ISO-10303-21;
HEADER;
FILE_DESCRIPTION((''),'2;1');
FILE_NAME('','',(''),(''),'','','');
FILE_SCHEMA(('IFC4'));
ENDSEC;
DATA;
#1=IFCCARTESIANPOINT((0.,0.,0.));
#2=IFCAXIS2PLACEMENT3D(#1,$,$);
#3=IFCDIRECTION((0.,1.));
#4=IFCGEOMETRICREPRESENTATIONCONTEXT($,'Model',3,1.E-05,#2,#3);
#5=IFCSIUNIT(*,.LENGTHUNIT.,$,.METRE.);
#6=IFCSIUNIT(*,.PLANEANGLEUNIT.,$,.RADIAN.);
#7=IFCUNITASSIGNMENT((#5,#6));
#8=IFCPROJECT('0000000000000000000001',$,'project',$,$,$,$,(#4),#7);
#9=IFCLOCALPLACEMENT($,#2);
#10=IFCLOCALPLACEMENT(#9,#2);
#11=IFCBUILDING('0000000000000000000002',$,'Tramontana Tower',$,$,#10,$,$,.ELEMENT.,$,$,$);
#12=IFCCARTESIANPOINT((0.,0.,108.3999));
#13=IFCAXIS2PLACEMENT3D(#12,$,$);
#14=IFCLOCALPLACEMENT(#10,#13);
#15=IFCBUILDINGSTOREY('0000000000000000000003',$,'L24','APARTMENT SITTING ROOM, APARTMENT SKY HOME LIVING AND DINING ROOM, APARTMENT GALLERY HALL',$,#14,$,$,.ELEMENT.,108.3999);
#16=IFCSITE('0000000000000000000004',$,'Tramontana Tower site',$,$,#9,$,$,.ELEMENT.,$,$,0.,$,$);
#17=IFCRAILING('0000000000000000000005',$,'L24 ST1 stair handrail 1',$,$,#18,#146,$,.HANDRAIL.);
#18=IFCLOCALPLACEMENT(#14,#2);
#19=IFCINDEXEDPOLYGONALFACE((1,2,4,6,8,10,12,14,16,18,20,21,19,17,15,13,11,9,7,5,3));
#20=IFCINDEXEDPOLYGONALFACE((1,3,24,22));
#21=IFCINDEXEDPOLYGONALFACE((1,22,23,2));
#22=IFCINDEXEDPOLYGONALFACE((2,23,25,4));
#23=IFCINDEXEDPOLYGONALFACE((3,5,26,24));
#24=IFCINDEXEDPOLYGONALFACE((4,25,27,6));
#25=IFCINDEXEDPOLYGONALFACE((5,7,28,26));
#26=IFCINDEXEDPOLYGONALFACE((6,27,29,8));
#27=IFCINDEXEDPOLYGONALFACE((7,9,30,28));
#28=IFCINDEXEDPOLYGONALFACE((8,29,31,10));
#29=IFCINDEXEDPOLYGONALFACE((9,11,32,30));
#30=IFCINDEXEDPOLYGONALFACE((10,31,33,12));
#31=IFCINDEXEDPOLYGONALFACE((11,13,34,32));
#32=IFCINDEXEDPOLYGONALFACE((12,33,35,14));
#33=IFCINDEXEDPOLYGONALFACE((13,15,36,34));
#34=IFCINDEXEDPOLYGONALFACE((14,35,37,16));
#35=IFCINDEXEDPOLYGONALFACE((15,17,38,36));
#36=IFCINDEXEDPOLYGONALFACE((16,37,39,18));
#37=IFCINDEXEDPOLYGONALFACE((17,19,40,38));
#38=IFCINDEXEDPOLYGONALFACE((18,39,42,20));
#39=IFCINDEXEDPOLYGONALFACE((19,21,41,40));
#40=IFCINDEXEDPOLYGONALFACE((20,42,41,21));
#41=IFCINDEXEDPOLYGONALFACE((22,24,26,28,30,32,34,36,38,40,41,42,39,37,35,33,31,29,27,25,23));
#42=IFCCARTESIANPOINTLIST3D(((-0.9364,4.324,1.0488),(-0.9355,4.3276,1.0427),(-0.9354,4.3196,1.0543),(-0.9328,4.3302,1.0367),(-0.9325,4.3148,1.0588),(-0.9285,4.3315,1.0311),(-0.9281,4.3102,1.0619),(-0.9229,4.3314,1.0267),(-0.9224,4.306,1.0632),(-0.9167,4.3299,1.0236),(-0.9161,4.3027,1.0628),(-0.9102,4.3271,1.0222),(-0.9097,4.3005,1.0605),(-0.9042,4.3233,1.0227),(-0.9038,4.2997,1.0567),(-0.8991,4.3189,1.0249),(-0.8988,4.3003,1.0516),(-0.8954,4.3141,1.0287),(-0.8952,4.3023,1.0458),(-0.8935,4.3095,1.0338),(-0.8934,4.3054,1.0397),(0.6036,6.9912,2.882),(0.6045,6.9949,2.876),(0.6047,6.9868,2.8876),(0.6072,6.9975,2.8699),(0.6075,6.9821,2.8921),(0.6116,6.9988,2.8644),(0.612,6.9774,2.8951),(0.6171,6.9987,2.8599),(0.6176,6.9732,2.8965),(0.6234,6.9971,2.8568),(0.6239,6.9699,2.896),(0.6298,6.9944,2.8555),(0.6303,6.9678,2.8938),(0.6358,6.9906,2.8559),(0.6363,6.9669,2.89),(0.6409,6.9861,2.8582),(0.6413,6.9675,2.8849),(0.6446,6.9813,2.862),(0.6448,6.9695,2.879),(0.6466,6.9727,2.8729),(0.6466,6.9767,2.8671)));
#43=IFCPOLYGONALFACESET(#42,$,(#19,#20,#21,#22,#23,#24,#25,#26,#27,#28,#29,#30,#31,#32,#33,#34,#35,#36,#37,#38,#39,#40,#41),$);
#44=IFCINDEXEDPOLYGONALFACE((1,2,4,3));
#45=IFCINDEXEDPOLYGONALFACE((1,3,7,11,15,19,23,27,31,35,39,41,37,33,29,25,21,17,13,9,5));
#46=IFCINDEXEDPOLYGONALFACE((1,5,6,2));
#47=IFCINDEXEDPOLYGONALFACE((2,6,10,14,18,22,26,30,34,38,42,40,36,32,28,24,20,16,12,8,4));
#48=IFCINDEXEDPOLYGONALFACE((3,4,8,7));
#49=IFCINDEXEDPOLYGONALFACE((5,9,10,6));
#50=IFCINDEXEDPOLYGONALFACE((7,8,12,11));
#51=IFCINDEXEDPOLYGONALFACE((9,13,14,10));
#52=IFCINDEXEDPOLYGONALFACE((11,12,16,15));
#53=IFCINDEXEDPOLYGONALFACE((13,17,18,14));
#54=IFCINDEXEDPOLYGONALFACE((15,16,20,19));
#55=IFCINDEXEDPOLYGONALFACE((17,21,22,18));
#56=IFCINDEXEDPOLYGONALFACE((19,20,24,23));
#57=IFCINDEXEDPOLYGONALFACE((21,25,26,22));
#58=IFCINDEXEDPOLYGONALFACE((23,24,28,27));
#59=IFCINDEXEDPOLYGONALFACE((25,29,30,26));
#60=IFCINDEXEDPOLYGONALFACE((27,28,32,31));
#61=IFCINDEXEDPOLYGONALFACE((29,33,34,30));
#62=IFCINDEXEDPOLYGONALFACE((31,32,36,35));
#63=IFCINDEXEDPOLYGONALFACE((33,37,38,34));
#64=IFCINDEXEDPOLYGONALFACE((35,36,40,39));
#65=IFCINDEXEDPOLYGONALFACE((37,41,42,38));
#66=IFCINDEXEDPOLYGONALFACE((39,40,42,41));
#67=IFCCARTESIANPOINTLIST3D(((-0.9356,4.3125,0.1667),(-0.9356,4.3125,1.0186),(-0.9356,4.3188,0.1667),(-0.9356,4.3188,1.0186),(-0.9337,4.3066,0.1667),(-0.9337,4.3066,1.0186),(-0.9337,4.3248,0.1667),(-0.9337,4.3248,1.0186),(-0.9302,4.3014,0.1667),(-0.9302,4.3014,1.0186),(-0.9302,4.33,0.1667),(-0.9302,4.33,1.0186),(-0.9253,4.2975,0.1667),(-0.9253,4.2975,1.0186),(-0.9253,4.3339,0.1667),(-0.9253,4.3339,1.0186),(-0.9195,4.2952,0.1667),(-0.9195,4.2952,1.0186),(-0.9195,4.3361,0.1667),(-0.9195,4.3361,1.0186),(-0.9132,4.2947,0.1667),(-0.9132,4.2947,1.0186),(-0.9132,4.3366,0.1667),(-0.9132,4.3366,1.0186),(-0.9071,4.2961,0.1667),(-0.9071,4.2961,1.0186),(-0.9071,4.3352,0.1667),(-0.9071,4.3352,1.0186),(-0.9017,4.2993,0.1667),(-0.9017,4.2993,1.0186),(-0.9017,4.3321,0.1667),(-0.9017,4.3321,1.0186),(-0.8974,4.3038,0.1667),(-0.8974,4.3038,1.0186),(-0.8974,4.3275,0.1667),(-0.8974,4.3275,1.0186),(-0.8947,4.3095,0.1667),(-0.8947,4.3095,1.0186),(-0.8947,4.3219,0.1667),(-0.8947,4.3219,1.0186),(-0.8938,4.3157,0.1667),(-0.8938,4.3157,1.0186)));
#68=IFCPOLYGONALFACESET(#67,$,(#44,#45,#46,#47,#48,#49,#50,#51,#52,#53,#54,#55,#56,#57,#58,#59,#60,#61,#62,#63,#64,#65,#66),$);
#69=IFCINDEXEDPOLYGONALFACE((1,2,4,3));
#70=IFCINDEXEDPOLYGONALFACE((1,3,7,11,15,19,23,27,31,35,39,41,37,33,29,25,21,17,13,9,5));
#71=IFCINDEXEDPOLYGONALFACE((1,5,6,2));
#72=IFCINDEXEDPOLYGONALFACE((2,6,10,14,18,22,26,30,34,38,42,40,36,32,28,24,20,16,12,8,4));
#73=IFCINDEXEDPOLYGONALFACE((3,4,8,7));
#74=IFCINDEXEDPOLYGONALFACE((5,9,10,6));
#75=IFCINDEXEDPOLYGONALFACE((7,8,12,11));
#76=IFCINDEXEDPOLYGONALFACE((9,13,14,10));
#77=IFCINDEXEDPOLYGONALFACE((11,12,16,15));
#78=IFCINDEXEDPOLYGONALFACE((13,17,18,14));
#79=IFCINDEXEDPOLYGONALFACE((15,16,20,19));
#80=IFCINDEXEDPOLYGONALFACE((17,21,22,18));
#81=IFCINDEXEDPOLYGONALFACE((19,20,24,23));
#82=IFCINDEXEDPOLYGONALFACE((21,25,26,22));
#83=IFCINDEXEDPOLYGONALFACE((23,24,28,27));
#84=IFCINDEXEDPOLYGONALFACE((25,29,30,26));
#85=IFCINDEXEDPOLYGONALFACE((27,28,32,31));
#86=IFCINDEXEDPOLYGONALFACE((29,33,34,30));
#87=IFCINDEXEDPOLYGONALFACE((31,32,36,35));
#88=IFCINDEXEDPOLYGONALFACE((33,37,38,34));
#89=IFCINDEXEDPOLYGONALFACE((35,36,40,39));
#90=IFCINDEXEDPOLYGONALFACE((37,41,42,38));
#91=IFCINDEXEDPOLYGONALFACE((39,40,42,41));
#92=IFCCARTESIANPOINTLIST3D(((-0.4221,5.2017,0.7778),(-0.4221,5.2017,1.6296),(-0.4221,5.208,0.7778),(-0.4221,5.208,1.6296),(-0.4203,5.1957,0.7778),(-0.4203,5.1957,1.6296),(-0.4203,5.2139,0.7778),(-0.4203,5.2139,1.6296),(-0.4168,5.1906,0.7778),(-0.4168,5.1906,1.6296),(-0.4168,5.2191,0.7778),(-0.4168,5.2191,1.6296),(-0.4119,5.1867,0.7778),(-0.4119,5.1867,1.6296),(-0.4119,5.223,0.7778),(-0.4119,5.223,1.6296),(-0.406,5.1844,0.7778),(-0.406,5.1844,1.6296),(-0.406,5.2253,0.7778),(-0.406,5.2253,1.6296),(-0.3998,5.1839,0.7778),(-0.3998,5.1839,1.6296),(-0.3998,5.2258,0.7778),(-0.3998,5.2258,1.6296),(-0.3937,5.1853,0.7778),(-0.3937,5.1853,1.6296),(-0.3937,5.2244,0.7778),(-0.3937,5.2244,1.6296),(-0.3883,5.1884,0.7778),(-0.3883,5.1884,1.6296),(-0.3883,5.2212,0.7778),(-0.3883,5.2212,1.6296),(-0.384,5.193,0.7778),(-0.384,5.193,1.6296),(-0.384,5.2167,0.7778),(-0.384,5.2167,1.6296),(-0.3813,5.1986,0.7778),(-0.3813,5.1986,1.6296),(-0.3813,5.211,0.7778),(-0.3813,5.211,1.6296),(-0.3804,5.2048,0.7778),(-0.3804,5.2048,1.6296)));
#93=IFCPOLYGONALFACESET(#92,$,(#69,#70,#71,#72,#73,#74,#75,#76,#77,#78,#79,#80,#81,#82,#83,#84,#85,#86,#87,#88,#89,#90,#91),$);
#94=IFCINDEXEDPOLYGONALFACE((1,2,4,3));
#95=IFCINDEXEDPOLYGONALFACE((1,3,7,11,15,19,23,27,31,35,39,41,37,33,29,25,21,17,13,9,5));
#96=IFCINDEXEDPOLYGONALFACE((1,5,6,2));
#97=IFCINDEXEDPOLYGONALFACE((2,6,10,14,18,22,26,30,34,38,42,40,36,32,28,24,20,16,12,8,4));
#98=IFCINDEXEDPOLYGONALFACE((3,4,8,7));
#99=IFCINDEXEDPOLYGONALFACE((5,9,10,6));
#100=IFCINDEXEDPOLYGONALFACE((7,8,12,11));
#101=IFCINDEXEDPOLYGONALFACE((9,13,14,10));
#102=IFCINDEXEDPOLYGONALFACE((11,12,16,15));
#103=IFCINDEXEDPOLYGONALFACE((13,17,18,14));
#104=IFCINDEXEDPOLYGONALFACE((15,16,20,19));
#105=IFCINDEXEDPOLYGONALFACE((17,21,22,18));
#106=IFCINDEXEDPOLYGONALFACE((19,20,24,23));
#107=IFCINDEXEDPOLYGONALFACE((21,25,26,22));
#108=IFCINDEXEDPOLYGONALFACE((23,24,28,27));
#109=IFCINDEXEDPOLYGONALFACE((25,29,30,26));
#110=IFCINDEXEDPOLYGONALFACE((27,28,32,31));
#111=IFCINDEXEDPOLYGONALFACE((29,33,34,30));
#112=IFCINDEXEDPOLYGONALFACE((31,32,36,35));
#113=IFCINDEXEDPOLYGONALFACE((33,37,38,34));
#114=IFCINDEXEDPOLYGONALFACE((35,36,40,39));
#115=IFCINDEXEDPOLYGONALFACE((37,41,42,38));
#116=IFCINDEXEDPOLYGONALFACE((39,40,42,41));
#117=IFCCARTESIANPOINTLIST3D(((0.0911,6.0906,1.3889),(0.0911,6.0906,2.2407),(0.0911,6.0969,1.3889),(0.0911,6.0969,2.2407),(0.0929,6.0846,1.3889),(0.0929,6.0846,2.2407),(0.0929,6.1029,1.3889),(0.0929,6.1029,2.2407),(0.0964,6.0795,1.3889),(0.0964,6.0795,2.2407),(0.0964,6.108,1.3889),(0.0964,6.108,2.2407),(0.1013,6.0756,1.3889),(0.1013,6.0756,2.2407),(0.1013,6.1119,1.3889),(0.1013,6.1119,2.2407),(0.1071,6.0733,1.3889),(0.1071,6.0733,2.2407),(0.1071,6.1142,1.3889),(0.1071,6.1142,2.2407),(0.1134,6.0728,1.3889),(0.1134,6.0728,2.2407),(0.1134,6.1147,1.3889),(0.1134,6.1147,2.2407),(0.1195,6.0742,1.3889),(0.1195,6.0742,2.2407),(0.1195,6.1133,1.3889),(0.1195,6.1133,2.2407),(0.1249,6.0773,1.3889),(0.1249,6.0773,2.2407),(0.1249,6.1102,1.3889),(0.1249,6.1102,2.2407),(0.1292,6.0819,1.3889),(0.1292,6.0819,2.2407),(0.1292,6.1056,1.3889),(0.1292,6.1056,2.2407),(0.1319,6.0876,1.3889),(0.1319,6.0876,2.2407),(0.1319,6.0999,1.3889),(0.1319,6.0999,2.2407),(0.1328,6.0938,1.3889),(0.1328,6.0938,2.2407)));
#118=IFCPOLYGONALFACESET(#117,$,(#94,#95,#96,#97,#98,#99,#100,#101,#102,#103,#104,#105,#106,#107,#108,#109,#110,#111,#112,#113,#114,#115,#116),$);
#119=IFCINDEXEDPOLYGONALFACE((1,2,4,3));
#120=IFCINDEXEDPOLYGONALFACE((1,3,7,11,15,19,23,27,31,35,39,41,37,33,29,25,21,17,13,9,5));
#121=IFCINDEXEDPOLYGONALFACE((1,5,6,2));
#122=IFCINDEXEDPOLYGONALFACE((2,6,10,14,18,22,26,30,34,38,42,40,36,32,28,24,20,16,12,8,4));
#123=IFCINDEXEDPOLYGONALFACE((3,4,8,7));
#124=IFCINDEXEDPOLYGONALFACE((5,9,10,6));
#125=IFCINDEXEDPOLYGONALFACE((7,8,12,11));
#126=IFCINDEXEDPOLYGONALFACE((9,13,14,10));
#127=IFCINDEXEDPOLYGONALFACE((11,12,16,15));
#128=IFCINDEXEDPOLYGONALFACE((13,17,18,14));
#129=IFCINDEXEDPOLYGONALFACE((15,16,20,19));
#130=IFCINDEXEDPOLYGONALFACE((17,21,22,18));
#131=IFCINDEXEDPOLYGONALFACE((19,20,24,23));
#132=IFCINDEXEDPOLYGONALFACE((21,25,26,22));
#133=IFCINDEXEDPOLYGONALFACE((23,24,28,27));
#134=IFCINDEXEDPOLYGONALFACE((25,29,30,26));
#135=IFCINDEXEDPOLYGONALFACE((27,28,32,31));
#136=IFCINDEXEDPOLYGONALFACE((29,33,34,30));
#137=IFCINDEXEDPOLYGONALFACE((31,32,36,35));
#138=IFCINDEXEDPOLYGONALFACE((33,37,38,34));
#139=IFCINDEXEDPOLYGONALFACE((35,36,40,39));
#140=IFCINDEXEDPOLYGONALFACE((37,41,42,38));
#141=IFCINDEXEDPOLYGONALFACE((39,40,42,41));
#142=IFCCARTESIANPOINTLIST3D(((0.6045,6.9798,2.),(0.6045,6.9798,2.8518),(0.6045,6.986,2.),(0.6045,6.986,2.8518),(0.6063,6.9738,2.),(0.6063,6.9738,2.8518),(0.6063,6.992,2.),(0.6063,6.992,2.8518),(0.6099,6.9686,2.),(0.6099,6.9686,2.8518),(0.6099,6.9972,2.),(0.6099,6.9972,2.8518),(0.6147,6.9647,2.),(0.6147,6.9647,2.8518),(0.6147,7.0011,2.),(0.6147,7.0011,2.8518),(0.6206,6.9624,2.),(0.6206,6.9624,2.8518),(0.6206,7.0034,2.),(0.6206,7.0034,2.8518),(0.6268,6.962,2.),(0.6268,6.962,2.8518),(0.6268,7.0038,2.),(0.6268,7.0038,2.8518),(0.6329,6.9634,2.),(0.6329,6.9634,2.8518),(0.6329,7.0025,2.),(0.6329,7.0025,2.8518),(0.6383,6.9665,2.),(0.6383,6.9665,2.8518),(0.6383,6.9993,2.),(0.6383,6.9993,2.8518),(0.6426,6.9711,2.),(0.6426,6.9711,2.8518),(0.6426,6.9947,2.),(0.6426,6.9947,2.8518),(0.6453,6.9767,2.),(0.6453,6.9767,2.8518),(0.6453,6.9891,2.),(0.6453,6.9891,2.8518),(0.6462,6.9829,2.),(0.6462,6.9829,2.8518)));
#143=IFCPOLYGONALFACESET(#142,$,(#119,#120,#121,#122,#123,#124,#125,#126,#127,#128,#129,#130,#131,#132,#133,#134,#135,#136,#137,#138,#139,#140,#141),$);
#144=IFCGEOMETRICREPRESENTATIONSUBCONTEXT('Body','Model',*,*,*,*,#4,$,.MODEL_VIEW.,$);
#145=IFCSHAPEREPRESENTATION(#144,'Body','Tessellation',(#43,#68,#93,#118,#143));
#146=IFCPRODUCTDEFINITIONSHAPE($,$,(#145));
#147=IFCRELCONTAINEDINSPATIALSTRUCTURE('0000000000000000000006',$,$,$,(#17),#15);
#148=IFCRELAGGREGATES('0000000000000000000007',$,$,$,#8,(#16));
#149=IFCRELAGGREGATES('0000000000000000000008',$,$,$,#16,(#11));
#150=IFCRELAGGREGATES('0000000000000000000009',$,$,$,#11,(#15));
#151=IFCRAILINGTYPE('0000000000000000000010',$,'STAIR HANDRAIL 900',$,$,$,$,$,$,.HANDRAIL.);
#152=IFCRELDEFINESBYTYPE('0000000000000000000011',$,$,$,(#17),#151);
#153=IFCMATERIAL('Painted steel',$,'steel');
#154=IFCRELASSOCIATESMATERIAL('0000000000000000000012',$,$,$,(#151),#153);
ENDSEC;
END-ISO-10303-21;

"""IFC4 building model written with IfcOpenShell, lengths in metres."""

from ifc_helpers import new_model, si_unit, direction, frame, origin, origin_2d, place, context, subcontext, project, spatial, circle, extrude, material, type_object, element, save


model = new_model("IFC4")

# Units and contexts
model_context = context("Model", 3, precision=1e-05, world=origin(), true_north=direction((0.0, 1.0)))
body_context = subcontext(model_context, "Body", "Model", "MODEL_VIEW")
ifc_project = project(units=[si_unit("LENGTHUNIT", "METRE"), si_unit("PLANEANGLEUNIT", "RADIAN")], contexts=[model_context])

# Site, building, storey
site_placement = place(None, origin())
site = spatial("IfcSite", under=ifc_project, at=site_placement, Name="Tramontana Tower site", CompositionType="ELEMENT", RefElevation=0.0)
building_placement = place(site_placement, origin())
building = spatial("IfcBuilding", under=site, at=building_placement, Name="Tramontana Tower", CompositionType="ELEMENT")
storey_placement = place(building_placement, frame((0.0, 0.0, 108.3999)))
storey = spatial("IfcBuildingStorey", under=building, at=storey_placement, Name="L24", Description="APARTMENT SITTING ROOM, APARTMENT SKY HOME LIVING AND DINING ROOM, APARTMENT GALLERY HALL", CompositionType="ELEMENT", Elevation=108.3999)

# Railing
ifc_material_1 = material(Name="Painted steel", Category="steel")
railing_type_1 = type_object("IfcRailingType", Name="STAIR HANDRAIL 900", PredefinedType="HANDRAIL", material=ifc_material_1)
railing_1_placement = place(storey_placement, frame((-0.9148, 4.3157, 0.1667)))
element("IfcRailing", 1, at=railing_1_placement, inside=storey, type_object=railing_type_1, Name="L24 ST1 stair handrail 1", PredefinedType="HANDRAIL", context=body_context, shape_type="SweptSolid", body=[
    extrude(circle(Radius=0.0239, at=origin_2d()), frame((0.0, 0.0, 0.876), z_axis=(0.429671, 0.744159, 0.511478), x_axis=(-0.86601, 0.500027, 0.0)), (0.0, 0.0, 1.0), 3.5842),
    extrude(circle(Radius=0.021, at=origin_2d()), origin(), (0.0, 0.0, 1.0), 0.8518),
    extrude(circle(Radius=0.021, at=origin_2d()), frame((0.5134, 0.8892, 0.6111)), (0.0, 0.0, 1.0), 0.8518),
    extrude(circle(Radius=0.021, at=origin_2d()), frame((1.0266, 1.7781, 1.2222)), (0.0, 0.0, 1.0), 0.8518),
    extrude(circle(Radius=0.021, at=origin_2d()), frame((1.54, 2.6672, 1.8333)), (0.0, 0.0, 1.0), 0.8518),
])

save(model, "model.ifc")
